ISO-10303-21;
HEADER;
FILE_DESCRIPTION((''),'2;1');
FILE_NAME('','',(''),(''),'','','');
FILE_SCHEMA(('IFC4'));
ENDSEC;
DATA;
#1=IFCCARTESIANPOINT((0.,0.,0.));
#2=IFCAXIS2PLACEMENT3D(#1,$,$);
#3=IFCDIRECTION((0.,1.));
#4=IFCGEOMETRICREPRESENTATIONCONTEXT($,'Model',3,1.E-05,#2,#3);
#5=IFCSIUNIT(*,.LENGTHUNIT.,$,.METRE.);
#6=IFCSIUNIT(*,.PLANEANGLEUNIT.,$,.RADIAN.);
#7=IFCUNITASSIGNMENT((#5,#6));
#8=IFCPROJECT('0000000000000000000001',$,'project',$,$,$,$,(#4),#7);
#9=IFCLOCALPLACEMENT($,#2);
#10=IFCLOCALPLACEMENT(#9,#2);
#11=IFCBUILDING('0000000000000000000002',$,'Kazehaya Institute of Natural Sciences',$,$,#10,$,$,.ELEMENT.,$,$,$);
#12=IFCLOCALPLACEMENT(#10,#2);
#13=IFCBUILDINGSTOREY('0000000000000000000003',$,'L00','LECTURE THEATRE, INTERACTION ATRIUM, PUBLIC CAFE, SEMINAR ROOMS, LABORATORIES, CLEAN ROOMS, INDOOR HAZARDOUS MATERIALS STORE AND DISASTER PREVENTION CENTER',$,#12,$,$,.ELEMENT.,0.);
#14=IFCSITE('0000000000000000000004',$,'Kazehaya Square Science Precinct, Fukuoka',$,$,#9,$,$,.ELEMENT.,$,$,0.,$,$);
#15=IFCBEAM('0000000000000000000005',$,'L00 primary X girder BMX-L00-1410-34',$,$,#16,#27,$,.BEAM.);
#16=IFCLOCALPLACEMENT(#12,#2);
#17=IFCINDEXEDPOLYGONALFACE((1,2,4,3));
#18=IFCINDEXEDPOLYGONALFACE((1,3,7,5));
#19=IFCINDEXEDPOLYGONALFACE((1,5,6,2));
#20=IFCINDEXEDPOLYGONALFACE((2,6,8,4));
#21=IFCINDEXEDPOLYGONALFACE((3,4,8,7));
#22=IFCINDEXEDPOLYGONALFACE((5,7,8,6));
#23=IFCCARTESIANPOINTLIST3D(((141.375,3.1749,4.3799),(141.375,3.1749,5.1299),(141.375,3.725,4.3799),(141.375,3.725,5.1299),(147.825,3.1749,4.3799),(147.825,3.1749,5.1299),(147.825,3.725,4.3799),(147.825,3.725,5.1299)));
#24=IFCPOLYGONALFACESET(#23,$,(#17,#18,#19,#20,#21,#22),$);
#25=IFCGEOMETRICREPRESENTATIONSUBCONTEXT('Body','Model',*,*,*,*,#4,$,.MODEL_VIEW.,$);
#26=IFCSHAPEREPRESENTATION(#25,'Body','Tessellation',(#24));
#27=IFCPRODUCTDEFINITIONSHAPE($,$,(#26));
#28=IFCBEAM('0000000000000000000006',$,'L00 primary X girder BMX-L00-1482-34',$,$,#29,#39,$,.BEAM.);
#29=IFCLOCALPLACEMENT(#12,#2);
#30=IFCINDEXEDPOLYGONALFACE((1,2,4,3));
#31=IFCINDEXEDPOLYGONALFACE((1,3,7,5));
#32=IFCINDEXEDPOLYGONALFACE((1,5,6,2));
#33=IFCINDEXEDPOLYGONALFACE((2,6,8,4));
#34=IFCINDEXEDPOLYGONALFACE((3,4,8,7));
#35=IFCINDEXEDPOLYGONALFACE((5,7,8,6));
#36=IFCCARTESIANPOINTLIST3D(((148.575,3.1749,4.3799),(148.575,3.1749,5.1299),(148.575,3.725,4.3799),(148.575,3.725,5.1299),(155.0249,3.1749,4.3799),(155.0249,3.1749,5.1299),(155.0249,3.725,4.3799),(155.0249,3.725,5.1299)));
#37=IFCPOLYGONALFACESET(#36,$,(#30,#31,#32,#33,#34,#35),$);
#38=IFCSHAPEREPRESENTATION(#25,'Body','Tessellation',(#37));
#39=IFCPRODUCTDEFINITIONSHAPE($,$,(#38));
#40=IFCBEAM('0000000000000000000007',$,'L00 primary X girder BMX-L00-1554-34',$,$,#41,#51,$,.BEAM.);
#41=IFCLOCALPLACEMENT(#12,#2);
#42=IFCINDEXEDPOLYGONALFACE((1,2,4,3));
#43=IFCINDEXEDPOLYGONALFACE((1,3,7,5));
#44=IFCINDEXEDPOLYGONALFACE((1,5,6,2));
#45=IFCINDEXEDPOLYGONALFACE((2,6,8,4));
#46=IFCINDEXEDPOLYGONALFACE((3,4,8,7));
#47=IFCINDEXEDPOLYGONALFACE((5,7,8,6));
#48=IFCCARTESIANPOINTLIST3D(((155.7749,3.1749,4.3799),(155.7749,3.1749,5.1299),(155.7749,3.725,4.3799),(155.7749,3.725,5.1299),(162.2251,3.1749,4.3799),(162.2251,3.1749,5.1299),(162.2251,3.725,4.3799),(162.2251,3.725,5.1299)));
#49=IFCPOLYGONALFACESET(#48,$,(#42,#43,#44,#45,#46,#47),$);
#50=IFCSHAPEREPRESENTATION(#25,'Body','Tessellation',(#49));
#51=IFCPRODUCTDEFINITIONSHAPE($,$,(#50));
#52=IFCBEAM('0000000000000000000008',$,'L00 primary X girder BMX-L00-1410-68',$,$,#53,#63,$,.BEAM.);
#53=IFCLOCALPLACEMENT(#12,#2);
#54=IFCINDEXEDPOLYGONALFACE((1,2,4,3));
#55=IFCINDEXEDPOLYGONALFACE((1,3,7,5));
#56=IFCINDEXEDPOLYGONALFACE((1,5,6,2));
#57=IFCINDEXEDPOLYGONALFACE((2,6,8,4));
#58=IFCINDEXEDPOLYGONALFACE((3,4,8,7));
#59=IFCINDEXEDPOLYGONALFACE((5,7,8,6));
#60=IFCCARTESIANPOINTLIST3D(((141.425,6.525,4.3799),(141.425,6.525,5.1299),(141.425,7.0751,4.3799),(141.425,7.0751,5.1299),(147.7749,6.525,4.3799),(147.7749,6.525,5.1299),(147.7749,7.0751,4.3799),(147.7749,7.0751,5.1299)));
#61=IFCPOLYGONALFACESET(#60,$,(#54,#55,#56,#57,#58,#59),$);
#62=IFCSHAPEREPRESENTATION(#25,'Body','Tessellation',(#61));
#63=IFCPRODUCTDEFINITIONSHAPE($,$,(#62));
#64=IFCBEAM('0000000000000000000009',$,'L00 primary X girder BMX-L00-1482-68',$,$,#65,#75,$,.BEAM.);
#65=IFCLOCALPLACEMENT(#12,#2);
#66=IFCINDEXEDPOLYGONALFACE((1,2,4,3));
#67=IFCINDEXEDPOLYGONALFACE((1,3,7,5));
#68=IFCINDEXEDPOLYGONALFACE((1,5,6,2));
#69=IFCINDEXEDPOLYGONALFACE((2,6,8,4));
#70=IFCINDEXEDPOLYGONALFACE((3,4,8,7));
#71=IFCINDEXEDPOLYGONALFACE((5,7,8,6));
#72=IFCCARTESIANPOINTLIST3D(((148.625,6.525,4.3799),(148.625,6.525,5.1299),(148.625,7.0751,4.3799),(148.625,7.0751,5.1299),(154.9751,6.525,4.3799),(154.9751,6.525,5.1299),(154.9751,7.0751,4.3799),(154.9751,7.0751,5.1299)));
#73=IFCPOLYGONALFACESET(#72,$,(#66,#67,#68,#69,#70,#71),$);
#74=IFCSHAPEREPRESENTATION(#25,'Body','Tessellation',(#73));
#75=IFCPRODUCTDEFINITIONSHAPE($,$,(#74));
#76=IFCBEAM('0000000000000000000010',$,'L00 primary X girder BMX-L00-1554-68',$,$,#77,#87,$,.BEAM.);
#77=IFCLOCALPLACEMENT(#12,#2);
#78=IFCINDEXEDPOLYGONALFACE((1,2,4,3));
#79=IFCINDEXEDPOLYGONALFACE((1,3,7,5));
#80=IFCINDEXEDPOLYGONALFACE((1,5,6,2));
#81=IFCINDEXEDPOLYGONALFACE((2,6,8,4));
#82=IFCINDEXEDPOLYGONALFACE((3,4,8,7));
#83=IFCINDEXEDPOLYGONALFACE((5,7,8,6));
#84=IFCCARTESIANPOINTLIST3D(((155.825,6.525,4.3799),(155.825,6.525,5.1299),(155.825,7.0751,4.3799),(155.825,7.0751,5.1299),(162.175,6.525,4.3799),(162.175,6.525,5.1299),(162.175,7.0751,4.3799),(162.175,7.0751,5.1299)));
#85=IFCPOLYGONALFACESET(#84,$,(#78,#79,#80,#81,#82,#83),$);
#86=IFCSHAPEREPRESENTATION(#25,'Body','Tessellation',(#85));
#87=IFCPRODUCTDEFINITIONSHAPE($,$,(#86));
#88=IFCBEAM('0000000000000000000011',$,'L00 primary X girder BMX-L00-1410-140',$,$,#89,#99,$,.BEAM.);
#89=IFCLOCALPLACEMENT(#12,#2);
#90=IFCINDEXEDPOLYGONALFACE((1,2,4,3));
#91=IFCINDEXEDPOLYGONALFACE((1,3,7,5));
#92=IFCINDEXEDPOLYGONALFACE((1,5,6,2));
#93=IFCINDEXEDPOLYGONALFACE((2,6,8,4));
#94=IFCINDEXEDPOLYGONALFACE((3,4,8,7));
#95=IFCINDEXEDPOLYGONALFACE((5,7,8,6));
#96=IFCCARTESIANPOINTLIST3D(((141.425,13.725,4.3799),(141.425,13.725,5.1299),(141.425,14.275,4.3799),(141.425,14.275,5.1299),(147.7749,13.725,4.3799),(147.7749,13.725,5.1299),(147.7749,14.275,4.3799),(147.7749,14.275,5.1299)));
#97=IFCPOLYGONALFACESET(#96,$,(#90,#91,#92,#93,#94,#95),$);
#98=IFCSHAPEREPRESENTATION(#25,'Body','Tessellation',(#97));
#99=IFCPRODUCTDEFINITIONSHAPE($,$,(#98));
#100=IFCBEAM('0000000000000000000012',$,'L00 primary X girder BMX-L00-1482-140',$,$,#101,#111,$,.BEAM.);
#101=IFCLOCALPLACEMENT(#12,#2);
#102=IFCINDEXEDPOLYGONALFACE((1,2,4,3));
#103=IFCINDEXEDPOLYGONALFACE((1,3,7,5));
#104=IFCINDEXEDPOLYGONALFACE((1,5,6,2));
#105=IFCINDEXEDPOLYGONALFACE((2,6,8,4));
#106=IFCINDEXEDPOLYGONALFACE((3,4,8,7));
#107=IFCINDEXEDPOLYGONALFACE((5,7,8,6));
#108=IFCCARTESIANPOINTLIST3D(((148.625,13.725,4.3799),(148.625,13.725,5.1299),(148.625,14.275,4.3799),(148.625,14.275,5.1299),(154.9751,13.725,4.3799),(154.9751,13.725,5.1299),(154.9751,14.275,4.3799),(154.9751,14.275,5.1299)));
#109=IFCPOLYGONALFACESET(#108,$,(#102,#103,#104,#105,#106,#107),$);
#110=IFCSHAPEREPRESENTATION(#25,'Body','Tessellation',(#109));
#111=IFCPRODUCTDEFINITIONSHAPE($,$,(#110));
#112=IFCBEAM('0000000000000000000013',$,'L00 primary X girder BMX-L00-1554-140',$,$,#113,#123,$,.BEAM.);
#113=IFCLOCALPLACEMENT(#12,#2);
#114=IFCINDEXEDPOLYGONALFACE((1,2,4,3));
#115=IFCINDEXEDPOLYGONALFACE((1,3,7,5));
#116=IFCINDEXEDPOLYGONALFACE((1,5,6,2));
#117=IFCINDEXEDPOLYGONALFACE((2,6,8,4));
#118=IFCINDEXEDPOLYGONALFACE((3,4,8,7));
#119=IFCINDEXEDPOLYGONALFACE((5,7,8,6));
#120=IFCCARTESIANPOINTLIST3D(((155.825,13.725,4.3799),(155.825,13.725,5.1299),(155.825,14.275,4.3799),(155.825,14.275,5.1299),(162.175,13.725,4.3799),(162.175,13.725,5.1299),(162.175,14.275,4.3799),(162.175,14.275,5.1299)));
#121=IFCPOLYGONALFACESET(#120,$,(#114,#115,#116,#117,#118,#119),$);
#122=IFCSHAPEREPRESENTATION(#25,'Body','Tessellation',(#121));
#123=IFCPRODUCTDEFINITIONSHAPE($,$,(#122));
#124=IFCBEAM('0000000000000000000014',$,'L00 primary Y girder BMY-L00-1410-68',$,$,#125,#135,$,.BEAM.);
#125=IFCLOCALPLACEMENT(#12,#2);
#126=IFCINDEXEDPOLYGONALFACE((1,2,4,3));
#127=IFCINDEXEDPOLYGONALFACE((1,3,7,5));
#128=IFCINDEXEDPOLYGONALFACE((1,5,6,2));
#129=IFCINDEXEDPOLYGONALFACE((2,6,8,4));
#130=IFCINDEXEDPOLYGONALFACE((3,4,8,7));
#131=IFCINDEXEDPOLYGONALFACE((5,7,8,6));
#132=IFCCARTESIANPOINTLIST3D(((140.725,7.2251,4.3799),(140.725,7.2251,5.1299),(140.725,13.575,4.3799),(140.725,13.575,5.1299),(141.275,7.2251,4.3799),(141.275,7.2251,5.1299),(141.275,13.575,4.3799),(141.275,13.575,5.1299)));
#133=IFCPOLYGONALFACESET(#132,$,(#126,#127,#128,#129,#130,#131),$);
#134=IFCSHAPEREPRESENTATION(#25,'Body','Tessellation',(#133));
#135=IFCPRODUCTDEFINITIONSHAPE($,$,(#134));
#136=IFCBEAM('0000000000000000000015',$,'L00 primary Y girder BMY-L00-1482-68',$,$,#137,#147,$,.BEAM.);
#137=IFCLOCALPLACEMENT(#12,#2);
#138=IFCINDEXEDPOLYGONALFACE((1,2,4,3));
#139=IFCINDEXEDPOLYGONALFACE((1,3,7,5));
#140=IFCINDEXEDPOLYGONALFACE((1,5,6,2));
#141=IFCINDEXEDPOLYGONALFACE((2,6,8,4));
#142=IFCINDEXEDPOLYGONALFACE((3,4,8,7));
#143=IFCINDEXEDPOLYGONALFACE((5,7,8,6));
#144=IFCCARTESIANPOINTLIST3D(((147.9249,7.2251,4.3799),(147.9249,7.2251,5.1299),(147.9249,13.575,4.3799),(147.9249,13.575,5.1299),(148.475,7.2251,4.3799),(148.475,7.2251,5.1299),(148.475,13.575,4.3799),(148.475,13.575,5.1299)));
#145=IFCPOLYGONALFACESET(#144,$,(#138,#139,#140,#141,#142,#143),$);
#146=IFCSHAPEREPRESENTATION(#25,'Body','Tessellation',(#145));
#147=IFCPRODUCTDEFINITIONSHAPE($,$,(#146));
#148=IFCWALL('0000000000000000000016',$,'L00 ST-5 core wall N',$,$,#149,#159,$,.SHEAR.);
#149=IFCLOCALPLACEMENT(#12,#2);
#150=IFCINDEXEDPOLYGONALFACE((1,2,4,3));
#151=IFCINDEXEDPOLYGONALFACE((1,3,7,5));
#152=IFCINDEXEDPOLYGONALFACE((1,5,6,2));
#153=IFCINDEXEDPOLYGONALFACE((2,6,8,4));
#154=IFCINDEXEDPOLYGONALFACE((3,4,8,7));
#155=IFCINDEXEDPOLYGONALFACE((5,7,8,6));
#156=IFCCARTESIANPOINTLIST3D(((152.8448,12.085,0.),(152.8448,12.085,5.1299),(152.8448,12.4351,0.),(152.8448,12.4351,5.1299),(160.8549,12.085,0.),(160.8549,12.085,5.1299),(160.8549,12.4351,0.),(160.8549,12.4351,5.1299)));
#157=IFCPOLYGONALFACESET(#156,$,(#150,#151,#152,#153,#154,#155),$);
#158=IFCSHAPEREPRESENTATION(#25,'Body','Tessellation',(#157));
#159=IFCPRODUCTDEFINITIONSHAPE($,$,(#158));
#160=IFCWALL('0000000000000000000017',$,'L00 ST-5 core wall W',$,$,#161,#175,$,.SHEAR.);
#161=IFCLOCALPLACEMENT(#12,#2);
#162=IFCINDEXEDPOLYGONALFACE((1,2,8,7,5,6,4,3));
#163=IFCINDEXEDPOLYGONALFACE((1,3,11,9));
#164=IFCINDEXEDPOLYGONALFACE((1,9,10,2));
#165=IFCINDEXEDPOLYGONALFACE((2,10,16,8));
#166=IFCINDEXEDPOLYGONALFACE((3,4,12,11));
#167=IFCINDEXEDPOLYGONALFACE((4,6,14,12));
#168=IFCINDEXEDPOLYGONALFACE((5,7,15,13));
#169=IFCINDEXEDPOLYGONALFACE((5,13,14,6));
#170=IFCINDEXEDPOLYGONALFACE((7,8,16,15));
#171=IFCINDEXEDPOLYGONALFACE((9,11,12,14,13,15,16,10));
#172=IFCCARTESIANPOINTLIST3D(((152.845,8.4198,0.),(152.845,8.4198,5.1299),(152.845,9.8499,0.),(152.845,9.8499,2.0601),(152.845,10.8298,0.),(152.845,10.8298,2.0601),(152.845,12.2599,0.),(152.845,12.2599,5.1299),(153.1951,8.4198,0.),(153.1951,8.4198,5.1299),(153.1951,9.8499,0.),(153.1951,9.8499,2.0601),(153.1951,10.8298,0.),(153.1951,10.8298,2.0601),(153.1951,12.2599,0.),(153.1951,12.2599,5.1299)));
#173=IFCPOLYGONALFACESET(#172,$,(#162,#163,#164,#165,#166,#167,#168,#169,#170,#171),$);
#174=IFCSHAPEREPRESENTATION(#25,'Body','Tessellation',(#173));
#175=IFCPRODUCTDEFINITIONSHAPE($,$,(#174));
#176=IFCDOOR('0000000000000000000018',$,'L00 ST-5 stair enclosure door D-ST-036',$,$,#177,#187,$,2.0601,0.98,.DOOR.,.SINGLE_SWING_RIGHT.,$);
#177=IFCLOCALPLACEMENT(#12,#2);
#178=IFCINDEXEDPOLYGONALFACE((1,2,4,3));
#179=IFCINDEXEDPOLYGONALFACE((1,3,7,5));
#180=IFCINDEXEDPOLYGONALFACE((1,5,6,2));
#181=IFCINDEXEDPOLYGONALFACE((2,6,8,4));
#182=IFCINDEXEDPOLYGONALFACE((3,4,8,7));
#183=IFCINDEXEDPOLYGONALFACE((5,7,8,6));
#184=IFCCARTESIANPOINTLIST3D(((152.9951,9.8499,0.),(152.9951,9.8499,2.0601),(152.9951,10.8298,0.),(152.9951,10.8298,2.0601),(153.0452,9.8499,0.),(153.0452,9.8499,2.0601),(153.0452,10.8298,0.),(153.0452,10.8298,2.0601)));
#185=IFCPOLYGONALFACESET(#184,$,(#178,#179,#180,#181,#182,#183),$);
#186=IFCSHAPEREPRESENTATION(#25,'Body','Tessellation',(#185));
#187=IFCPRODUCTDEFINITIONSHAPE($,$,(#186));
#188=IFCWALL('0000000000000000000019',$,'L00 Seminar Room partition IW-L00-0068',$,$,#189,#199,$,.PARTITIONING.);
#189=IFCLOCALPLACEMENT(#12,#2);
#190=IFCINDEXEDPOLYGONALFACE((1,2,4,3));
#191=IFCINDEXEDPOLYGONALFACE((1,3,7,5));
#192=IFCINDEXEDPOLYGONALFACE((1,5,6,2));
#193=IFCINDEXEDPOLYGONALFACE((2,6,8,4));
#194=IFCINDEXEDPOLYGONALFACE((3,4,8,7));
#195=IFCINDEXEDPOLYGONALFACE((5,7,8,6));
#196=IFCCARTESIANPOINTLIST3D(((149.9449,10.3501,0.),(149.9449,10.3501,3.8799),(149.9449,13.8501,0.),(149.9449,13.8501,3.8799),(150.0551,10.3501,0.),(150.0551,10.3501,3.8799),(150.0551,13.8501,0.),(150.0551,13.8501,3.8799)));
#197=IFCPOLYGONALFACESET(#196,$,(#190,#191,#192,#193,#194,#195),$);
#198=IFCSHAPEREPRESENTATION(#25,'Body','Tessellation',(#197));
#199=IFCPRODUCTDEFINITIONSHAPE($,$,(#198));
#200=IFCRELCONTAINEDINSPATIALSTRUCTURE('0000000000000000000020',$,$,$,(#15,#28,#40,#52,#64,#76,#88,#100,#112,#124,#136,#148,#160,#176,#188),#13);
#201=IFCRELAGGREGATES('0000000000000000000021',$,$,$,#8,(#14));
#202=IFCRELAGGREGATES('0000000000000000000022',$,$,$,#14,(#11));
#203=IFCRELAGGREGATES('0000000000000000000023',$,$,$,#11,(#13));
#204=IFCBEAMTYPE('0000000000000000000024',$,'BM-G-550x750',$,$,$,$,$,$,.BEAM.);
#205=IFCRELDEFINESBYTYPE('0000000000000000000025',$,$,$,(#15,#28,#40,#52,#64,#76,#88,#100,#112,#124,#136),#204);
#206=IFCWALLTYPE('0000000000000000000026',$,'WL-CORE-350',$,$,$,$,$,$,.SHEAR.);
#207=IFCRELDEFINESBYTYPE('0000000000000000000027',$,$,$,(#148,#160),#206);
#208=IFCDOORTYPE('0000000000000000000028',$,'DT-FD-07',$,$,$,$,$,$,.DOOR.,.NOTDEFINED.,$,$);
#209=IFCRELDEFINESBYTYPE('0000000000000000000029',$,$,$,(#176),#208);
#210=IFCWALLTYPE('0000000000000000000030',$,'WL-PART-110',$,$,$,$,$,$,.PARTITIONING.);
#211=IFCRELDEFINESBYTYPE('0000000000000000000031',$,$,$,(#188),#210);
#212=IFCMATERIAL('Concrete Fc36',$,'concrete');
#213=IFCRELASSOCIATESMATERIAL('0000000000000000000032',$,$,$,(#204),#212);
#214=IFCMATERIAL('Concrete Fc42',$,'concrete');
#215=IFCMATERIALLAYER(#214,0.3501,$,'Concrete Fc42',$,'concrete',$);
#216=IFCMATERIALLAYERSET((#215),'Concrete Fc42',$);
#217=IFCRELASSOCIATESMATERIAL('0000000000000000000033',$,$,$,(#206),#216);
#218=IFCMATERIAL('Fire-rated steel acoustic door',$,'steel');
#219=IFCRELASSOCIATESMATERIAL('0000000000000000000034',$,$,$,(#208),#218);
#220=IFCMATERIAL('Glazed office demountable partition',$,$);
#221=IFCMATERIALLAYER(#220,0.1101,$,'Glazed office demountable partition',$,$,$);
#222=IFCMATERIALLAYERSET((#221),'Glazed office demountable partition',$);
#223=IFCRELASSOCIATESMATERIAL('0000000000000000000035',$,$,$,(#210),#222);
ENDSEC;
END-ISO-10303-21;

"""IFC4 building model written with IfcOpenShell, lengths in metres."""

from ifc_helpers import new_model, si_unit, direction, frame, frame_2d, origin, origin_2d, place, context, subcontext, project, spatial, rectangle, extrude, material, layer, layer_set, material_profile, profile_set, type_object, element, fill, save


model = new_model("IFC4")

# Units and contexts
model_context = context("Model", 3, precision=1e-05, world=origin(), true_north=direction((0.0, 1.0)))
body_context = subcontext(model_context, "Body", "Model", "MODEL_VIEW")
ifc_project = project(units=[si_unit("LENGTHUNIT", "METRE"), si_unit("PLANEANGLEUNIT", "RADIAN")], contexts=[model_context])

# Site, building, storey
site_placement = place(None, origin())
site = spatial("IfcSite", under=ifc_project, at=site_placement, Name="Kazehaya Square Science Precinct, Fukuoka", CompositionType="ELEMENT", RefElevation=0.0)
building_placement = place(site_placement, origin())
building = spatial("IfcBuilding", under=site, at=building_placement, Name="Kazehaya Institute of Natural Sciences", CompositionType="ELEMENT")
storey_placement = place(building_placement, origin())
storey = spatial("IfcBuildingStorey", under=building, at=storey_placement, Name="L00", Description="LECTURE THEATRE, INTERACTION ATRIUM, PUBLIC CAFE, SEMINAR ROOMS, LABORATORIES, CLEAN ROOMS, INDOOR HAZARDOUS MATERIALS STORE AND DISASTER PREVENTION CENTER", CompositionType="ELEMENT", Elevation=0.0)

# Shared definitions
ifc_material_1 = material(Name="Concrete Fc36", Category="concrete")
ifc_material_2 = material(Name="Concrete Fc42", Category="concrete")

# Beams
ifc_material_profile_1 = material_profile(ifc_material_1, rectangle(XDim=0.55, YDim=0.75, at=origin_2d()), Name="RC-550x750")
ifc_profile_set_1 = profile_set([ifc_material_profile_1], Name="Concrete Fc36")
beam_type_1 = type_object("IfcBeamType", Name="BM-G-550x750", PredefinedType="BEAM", material=ifc_profile_set_1)
for number, where, z_axis, x_axis, name in (
    (1, (141.375, 3.45, 4.7549), (1.0, 0.0, 0.0), (0.0, 1.0, 0.0), "L00 primary X girder BMX-L00-1410-34"),
    (2, (148.575, 3.45, 4.7549), (1.0, 0.0, 0.0), (0.0, 1.0, 0.0), "L00 primary X girder BMX-L00-1482-34"),
):
    element("IfcBeam", number, at=place(storey_placement, frame(where, z_axis=z_axis, x_axis=x_axis)), inside=storey, type_object=beam_type_1, Name=name, PredefinedType="BEAM", context=body_context, shape_type="SweptSolid", body=[
        extrude(rectangle(XDim=0.55, YDim=0.75, at=origin_2d()), origin(), (0.0, 0.0, 1.0), 6.45),
    ])
beam_1_placement = place(storey_placement, frame((155.7749, 3.45, 4.7549), z_axis=(1.0, 0.0, 0.0), x_axis=(0.0, 1.0, 0.0)))
element("IfcBeam", 3, at=beam_1_placement, inside=storey, type_object=beam_type_1, Name="L00 primary X girder BMX-L00-1554-34", PredefinedType="BEAM", context=body_context, shape_type="SweptSolid", body=[
    extrude(rectangle(XDim=0.55, YDim=0.75, at=origin_2d()), origin(), (0.0, 0.0, 1.0), 6.4502),
])
beam_2_placement = place(storey_placement, frame((141.425, 6.8, 4.7549), z_axis=(1.0, 0.0, 0.0), x_axis=(0.0, 1.0, 0.0)))
element("IfcBeam", 4, at=beam_2_placement, inside=storey, type_object=beam_type_1, Name="L00 primary X girder BMX-L00-1410-68", PredefinedType="BEAM", context=body_context, shape_type="SweptSolid", body=[
    extrude(rectangle(XDim=0.55, YDim=0.75, at=origin_2d()), origin(), (0.0, 0.0, 1.0), 6.3499),
])
for number, where, z_axis, x_axis, name in (
    (5, (148.625, 6.8, 4.7549), (1.0, 0.0, 0.0), (0.0, 1.0, 0.0), "L00 primary X girder BMX-L00-1482-68"),
    (6, (155.825, 6.8, 4.7549), (1.0, 0.0, 0.0), (0.0, 1.0, 0.0), "L00 primary X girder BMX-L00-1554-68"),
):
    element("IfcBeam", number, at=place(storey_placement, frame(where, z_axis=z_axis, x_axis=x_axis)), inside=storey, type_object=beam_type_1, Name=name, PredefinedType="BEAM", context=body_context, shape_type="SweptSolid", body=[
        extrude(rectangle(XDim=0.55, YDim=0.75, at=origin_2d()), origin(), (0.0, 0.0, 1.0), 6.3501),
    ])
beam_3_placement = place(storey_placement, frame((141.425, 14.0, 4.7549), z_axis=(1.0, 0.0, 0.0), x_axis=(0.0, 1.0, 0.0)))
element("IfcBeam", 7, at=beam_3_placement, inside=storey, type_object=beam_type_1, Name="L00 primary X girder BMX-L00-1410-140", PredefinedType="BEAM", context=body_context, shape_type="SweptSolid", body=[
    extrude(rectangle(XDim=0.55, YDim=0.75, at=origin_2d()), origin(), (0.0, 0.0, 1.0), 6.3499),
])
for number, where, z_axis, x_axis, name in (
    (8, (148.625, 14.0, 4.7549), (1.0, 0.0, 0.0), (0.0, 1.0, 0.0), "L00 primary X girder BMX-L00-1482-140"),
    (9, (155.825, 14.0, 4.7549), (1.0, 0.0, 0.0), (0.0, 1.0, 0.0), "L00 primary X girder BMX-L00-1554-140"),
):
    element("IfcBeam", number, at=place(storey_placement, frame(where, z_axis=z_axis, x_axis=x_axis)), inside=storey, type_object=beam_type_1, Name=name, PredefinedType="BEAM", context=body_context, shape_type="SweptSolid", body=[
        extrude(rectangle(XDim=0.55, YDim=0.75, at=origin_2d()), origin(), (0.0, 0.0, 1.0), 6.3501),
    ])
for number, where, z_axis, x_axis, name in (
    (10, (141.0, 7.2251, 4.7549), (0.0, 1.0, 0.0), (-1.0, 0.0, 0.0), "L00 primary Y girder BMY-L00-1410-68"),
    (11, (148.2, 7.2251, 4.7549), (0.0, 1.0, 0.0), (-1.0, 0.0, 0.0), "L00 primary Y girder BMY-L00-1482-68"),
):
    element("IfcBeam", number, at=place(storey_placement, frame(where, z_axis=z_axis, x_axis=x_axis)), inside=storey, type_object=beam_type_1, Name=name, PredefinedType="BEAM", context=body_context, shape_type="SweptSolid", body=[
        extrude(rectangle(XDim=0.55, YDim=0.75, at=origin_2d()), origin(), (0.0, 0.0, 1.0), 6.3499),
    ])

# Wall
ifc_layer_1 = layer(ifc_material_2, 0.3501, Name="Concrete Fc42", Category="concrete")
ifc_layer_set_1 = layer_set([ifc_layer_1], Name="Concrete Fc42")
wall_type_1 = type_object("IfcWallType", Name="WL-CORE-350", PredefinedType="SHEAR", material=ifc_layer_set_1)
wall_1_placement = place(storey_placement, frame((152.845, 12.26, 0.0), z_axis=(0.0, 0.0, 1.0), x_axis=(1.0, 0.0, 0.0)))
element("IfcWall", 12, at=wall_1_placement, inside=storey, type_object=wall_type_1, Name="L00 ST-5 core wall N", PredefinedType="SHEAR", context=body_context, shape_type="SweptSolid", body=[
    extrude(rectangle(XDim=8.01, YDim=0.3501, at=frame_2d((4.0049, 0.0))), origin(), (0.0, 0.0, 1.0), 5.1299),
])

# Wall, opening, door
wall_2_placement = place(storey_placement, frame((153.02, 8.4199, 0.0), z_axis=(0.0, 0.0, 1.0), x_axis=(0.0, 1.0, 0.0)))
wall_2 = element("IfcWall", 13, at=wall_2_placement, inside=storey, type_object=wall_type_1, Name="L00 ST-5 core wall W", PredefinedType="SHEAR", context=body_context, shape_type="SweptSolid", body=[
    extrude(rectangle(XDim=3.8401, YDim=0.3501, at=frame_2d((1.9199, 0.0))), origin(), (0.0, 0.0, 1.0), 5.1299),
])
opening_1_placement = place(wall_2_placement, frame((1.4299, 0.0, 0.0)))
opening_1 = element("IfcOpeningElement", 14, at=opening_1_placement, cuts=wall_2, PredefinedType="OPENING", context=body_context, shape_type="SweptSolid", body=[
    extrude(rectangle(XDim=0.98, YDim=2.0601, at=frame_2d((0.49, 1.03))), frame((0.0, 0.1851, 0.0), z_axis=(0.0, -1.0, 0.0), x_axis=(1.0, 0.0, 0.0)), (0.0, 0.0, 1.0), 0.3701),
])
ifc_material_3 = material(Name="Fire-rated steel acoustic door", Category="steel")
door_type_1 = type_object("IfcDoorType", Name="DT-FD-07", OperationType="NOTDEFINED", PredefinedType="DOOR", material=ifc_material_3)
door_1_placement = place(opening_1_placement, origin())
door_1 = element("IfcDoor", 15, at=door_1_placement, inside=storey, type_object=door_type_1, Name="L00 ST-5 stair enclosure door D-ST-036", OperationType="SINGLE_SWING_RIGHT", OverallHeight=2.0601, OverallWidth=0.98, PredefinedType="DOOR", context=body_context, shape_type="SweptSolid", body=[
    extrude(rectangle(XDim=0.98, YDim=2.0601, at=frame_2d((0.49, 1.03))), frame((0.0, 0.0249, 0.0), z_axis=(0.0, -1.0, 0.0), x_axis=(1.0, 0.0, 0.0)), (0.0, 0.0, 1.0), 0.05),
])
fill(opening_1, door_1)

# Wall
ifc_material_4 = material(Name="Glazed office demountable partition")
ifc_layer_2 = layer(ifc_material_4, 0.1101, Name="Glazed office demountable partition")
ifc_layer_set_2 = layer_set([ifc_layer_2], Name="Glazed office demountable partition")
wall_type_2 = type_object("IfcWallType", Name="WL-PART-110", PredefinedType="PARTITIONING", material=ifc_layer_set_2)
wall_3_placement = place(storey_placement, frame((150.0, 13.8501, 0.0), z_axis=(0.0, 0.0, 1.0), x_axis=(0.0, -1.0, 0.0)))
element("IfcWall", 16, at=wall_3_placement, inside=storey, type_object=wall_type_2, Name="L00 Seminar Room partition IW-L00-0068", PredefinedType="PARTITIONING", context=body_context, shape_type="SweptSolid", body=[
    extrude(rectangle(XDim=3.5, YDim=0.1101, at=frame_2d((1.75, 0.0))), origin(), (0.0, 0.0, 1.0), 3.8799),
])

save(model, "model.ifc")
